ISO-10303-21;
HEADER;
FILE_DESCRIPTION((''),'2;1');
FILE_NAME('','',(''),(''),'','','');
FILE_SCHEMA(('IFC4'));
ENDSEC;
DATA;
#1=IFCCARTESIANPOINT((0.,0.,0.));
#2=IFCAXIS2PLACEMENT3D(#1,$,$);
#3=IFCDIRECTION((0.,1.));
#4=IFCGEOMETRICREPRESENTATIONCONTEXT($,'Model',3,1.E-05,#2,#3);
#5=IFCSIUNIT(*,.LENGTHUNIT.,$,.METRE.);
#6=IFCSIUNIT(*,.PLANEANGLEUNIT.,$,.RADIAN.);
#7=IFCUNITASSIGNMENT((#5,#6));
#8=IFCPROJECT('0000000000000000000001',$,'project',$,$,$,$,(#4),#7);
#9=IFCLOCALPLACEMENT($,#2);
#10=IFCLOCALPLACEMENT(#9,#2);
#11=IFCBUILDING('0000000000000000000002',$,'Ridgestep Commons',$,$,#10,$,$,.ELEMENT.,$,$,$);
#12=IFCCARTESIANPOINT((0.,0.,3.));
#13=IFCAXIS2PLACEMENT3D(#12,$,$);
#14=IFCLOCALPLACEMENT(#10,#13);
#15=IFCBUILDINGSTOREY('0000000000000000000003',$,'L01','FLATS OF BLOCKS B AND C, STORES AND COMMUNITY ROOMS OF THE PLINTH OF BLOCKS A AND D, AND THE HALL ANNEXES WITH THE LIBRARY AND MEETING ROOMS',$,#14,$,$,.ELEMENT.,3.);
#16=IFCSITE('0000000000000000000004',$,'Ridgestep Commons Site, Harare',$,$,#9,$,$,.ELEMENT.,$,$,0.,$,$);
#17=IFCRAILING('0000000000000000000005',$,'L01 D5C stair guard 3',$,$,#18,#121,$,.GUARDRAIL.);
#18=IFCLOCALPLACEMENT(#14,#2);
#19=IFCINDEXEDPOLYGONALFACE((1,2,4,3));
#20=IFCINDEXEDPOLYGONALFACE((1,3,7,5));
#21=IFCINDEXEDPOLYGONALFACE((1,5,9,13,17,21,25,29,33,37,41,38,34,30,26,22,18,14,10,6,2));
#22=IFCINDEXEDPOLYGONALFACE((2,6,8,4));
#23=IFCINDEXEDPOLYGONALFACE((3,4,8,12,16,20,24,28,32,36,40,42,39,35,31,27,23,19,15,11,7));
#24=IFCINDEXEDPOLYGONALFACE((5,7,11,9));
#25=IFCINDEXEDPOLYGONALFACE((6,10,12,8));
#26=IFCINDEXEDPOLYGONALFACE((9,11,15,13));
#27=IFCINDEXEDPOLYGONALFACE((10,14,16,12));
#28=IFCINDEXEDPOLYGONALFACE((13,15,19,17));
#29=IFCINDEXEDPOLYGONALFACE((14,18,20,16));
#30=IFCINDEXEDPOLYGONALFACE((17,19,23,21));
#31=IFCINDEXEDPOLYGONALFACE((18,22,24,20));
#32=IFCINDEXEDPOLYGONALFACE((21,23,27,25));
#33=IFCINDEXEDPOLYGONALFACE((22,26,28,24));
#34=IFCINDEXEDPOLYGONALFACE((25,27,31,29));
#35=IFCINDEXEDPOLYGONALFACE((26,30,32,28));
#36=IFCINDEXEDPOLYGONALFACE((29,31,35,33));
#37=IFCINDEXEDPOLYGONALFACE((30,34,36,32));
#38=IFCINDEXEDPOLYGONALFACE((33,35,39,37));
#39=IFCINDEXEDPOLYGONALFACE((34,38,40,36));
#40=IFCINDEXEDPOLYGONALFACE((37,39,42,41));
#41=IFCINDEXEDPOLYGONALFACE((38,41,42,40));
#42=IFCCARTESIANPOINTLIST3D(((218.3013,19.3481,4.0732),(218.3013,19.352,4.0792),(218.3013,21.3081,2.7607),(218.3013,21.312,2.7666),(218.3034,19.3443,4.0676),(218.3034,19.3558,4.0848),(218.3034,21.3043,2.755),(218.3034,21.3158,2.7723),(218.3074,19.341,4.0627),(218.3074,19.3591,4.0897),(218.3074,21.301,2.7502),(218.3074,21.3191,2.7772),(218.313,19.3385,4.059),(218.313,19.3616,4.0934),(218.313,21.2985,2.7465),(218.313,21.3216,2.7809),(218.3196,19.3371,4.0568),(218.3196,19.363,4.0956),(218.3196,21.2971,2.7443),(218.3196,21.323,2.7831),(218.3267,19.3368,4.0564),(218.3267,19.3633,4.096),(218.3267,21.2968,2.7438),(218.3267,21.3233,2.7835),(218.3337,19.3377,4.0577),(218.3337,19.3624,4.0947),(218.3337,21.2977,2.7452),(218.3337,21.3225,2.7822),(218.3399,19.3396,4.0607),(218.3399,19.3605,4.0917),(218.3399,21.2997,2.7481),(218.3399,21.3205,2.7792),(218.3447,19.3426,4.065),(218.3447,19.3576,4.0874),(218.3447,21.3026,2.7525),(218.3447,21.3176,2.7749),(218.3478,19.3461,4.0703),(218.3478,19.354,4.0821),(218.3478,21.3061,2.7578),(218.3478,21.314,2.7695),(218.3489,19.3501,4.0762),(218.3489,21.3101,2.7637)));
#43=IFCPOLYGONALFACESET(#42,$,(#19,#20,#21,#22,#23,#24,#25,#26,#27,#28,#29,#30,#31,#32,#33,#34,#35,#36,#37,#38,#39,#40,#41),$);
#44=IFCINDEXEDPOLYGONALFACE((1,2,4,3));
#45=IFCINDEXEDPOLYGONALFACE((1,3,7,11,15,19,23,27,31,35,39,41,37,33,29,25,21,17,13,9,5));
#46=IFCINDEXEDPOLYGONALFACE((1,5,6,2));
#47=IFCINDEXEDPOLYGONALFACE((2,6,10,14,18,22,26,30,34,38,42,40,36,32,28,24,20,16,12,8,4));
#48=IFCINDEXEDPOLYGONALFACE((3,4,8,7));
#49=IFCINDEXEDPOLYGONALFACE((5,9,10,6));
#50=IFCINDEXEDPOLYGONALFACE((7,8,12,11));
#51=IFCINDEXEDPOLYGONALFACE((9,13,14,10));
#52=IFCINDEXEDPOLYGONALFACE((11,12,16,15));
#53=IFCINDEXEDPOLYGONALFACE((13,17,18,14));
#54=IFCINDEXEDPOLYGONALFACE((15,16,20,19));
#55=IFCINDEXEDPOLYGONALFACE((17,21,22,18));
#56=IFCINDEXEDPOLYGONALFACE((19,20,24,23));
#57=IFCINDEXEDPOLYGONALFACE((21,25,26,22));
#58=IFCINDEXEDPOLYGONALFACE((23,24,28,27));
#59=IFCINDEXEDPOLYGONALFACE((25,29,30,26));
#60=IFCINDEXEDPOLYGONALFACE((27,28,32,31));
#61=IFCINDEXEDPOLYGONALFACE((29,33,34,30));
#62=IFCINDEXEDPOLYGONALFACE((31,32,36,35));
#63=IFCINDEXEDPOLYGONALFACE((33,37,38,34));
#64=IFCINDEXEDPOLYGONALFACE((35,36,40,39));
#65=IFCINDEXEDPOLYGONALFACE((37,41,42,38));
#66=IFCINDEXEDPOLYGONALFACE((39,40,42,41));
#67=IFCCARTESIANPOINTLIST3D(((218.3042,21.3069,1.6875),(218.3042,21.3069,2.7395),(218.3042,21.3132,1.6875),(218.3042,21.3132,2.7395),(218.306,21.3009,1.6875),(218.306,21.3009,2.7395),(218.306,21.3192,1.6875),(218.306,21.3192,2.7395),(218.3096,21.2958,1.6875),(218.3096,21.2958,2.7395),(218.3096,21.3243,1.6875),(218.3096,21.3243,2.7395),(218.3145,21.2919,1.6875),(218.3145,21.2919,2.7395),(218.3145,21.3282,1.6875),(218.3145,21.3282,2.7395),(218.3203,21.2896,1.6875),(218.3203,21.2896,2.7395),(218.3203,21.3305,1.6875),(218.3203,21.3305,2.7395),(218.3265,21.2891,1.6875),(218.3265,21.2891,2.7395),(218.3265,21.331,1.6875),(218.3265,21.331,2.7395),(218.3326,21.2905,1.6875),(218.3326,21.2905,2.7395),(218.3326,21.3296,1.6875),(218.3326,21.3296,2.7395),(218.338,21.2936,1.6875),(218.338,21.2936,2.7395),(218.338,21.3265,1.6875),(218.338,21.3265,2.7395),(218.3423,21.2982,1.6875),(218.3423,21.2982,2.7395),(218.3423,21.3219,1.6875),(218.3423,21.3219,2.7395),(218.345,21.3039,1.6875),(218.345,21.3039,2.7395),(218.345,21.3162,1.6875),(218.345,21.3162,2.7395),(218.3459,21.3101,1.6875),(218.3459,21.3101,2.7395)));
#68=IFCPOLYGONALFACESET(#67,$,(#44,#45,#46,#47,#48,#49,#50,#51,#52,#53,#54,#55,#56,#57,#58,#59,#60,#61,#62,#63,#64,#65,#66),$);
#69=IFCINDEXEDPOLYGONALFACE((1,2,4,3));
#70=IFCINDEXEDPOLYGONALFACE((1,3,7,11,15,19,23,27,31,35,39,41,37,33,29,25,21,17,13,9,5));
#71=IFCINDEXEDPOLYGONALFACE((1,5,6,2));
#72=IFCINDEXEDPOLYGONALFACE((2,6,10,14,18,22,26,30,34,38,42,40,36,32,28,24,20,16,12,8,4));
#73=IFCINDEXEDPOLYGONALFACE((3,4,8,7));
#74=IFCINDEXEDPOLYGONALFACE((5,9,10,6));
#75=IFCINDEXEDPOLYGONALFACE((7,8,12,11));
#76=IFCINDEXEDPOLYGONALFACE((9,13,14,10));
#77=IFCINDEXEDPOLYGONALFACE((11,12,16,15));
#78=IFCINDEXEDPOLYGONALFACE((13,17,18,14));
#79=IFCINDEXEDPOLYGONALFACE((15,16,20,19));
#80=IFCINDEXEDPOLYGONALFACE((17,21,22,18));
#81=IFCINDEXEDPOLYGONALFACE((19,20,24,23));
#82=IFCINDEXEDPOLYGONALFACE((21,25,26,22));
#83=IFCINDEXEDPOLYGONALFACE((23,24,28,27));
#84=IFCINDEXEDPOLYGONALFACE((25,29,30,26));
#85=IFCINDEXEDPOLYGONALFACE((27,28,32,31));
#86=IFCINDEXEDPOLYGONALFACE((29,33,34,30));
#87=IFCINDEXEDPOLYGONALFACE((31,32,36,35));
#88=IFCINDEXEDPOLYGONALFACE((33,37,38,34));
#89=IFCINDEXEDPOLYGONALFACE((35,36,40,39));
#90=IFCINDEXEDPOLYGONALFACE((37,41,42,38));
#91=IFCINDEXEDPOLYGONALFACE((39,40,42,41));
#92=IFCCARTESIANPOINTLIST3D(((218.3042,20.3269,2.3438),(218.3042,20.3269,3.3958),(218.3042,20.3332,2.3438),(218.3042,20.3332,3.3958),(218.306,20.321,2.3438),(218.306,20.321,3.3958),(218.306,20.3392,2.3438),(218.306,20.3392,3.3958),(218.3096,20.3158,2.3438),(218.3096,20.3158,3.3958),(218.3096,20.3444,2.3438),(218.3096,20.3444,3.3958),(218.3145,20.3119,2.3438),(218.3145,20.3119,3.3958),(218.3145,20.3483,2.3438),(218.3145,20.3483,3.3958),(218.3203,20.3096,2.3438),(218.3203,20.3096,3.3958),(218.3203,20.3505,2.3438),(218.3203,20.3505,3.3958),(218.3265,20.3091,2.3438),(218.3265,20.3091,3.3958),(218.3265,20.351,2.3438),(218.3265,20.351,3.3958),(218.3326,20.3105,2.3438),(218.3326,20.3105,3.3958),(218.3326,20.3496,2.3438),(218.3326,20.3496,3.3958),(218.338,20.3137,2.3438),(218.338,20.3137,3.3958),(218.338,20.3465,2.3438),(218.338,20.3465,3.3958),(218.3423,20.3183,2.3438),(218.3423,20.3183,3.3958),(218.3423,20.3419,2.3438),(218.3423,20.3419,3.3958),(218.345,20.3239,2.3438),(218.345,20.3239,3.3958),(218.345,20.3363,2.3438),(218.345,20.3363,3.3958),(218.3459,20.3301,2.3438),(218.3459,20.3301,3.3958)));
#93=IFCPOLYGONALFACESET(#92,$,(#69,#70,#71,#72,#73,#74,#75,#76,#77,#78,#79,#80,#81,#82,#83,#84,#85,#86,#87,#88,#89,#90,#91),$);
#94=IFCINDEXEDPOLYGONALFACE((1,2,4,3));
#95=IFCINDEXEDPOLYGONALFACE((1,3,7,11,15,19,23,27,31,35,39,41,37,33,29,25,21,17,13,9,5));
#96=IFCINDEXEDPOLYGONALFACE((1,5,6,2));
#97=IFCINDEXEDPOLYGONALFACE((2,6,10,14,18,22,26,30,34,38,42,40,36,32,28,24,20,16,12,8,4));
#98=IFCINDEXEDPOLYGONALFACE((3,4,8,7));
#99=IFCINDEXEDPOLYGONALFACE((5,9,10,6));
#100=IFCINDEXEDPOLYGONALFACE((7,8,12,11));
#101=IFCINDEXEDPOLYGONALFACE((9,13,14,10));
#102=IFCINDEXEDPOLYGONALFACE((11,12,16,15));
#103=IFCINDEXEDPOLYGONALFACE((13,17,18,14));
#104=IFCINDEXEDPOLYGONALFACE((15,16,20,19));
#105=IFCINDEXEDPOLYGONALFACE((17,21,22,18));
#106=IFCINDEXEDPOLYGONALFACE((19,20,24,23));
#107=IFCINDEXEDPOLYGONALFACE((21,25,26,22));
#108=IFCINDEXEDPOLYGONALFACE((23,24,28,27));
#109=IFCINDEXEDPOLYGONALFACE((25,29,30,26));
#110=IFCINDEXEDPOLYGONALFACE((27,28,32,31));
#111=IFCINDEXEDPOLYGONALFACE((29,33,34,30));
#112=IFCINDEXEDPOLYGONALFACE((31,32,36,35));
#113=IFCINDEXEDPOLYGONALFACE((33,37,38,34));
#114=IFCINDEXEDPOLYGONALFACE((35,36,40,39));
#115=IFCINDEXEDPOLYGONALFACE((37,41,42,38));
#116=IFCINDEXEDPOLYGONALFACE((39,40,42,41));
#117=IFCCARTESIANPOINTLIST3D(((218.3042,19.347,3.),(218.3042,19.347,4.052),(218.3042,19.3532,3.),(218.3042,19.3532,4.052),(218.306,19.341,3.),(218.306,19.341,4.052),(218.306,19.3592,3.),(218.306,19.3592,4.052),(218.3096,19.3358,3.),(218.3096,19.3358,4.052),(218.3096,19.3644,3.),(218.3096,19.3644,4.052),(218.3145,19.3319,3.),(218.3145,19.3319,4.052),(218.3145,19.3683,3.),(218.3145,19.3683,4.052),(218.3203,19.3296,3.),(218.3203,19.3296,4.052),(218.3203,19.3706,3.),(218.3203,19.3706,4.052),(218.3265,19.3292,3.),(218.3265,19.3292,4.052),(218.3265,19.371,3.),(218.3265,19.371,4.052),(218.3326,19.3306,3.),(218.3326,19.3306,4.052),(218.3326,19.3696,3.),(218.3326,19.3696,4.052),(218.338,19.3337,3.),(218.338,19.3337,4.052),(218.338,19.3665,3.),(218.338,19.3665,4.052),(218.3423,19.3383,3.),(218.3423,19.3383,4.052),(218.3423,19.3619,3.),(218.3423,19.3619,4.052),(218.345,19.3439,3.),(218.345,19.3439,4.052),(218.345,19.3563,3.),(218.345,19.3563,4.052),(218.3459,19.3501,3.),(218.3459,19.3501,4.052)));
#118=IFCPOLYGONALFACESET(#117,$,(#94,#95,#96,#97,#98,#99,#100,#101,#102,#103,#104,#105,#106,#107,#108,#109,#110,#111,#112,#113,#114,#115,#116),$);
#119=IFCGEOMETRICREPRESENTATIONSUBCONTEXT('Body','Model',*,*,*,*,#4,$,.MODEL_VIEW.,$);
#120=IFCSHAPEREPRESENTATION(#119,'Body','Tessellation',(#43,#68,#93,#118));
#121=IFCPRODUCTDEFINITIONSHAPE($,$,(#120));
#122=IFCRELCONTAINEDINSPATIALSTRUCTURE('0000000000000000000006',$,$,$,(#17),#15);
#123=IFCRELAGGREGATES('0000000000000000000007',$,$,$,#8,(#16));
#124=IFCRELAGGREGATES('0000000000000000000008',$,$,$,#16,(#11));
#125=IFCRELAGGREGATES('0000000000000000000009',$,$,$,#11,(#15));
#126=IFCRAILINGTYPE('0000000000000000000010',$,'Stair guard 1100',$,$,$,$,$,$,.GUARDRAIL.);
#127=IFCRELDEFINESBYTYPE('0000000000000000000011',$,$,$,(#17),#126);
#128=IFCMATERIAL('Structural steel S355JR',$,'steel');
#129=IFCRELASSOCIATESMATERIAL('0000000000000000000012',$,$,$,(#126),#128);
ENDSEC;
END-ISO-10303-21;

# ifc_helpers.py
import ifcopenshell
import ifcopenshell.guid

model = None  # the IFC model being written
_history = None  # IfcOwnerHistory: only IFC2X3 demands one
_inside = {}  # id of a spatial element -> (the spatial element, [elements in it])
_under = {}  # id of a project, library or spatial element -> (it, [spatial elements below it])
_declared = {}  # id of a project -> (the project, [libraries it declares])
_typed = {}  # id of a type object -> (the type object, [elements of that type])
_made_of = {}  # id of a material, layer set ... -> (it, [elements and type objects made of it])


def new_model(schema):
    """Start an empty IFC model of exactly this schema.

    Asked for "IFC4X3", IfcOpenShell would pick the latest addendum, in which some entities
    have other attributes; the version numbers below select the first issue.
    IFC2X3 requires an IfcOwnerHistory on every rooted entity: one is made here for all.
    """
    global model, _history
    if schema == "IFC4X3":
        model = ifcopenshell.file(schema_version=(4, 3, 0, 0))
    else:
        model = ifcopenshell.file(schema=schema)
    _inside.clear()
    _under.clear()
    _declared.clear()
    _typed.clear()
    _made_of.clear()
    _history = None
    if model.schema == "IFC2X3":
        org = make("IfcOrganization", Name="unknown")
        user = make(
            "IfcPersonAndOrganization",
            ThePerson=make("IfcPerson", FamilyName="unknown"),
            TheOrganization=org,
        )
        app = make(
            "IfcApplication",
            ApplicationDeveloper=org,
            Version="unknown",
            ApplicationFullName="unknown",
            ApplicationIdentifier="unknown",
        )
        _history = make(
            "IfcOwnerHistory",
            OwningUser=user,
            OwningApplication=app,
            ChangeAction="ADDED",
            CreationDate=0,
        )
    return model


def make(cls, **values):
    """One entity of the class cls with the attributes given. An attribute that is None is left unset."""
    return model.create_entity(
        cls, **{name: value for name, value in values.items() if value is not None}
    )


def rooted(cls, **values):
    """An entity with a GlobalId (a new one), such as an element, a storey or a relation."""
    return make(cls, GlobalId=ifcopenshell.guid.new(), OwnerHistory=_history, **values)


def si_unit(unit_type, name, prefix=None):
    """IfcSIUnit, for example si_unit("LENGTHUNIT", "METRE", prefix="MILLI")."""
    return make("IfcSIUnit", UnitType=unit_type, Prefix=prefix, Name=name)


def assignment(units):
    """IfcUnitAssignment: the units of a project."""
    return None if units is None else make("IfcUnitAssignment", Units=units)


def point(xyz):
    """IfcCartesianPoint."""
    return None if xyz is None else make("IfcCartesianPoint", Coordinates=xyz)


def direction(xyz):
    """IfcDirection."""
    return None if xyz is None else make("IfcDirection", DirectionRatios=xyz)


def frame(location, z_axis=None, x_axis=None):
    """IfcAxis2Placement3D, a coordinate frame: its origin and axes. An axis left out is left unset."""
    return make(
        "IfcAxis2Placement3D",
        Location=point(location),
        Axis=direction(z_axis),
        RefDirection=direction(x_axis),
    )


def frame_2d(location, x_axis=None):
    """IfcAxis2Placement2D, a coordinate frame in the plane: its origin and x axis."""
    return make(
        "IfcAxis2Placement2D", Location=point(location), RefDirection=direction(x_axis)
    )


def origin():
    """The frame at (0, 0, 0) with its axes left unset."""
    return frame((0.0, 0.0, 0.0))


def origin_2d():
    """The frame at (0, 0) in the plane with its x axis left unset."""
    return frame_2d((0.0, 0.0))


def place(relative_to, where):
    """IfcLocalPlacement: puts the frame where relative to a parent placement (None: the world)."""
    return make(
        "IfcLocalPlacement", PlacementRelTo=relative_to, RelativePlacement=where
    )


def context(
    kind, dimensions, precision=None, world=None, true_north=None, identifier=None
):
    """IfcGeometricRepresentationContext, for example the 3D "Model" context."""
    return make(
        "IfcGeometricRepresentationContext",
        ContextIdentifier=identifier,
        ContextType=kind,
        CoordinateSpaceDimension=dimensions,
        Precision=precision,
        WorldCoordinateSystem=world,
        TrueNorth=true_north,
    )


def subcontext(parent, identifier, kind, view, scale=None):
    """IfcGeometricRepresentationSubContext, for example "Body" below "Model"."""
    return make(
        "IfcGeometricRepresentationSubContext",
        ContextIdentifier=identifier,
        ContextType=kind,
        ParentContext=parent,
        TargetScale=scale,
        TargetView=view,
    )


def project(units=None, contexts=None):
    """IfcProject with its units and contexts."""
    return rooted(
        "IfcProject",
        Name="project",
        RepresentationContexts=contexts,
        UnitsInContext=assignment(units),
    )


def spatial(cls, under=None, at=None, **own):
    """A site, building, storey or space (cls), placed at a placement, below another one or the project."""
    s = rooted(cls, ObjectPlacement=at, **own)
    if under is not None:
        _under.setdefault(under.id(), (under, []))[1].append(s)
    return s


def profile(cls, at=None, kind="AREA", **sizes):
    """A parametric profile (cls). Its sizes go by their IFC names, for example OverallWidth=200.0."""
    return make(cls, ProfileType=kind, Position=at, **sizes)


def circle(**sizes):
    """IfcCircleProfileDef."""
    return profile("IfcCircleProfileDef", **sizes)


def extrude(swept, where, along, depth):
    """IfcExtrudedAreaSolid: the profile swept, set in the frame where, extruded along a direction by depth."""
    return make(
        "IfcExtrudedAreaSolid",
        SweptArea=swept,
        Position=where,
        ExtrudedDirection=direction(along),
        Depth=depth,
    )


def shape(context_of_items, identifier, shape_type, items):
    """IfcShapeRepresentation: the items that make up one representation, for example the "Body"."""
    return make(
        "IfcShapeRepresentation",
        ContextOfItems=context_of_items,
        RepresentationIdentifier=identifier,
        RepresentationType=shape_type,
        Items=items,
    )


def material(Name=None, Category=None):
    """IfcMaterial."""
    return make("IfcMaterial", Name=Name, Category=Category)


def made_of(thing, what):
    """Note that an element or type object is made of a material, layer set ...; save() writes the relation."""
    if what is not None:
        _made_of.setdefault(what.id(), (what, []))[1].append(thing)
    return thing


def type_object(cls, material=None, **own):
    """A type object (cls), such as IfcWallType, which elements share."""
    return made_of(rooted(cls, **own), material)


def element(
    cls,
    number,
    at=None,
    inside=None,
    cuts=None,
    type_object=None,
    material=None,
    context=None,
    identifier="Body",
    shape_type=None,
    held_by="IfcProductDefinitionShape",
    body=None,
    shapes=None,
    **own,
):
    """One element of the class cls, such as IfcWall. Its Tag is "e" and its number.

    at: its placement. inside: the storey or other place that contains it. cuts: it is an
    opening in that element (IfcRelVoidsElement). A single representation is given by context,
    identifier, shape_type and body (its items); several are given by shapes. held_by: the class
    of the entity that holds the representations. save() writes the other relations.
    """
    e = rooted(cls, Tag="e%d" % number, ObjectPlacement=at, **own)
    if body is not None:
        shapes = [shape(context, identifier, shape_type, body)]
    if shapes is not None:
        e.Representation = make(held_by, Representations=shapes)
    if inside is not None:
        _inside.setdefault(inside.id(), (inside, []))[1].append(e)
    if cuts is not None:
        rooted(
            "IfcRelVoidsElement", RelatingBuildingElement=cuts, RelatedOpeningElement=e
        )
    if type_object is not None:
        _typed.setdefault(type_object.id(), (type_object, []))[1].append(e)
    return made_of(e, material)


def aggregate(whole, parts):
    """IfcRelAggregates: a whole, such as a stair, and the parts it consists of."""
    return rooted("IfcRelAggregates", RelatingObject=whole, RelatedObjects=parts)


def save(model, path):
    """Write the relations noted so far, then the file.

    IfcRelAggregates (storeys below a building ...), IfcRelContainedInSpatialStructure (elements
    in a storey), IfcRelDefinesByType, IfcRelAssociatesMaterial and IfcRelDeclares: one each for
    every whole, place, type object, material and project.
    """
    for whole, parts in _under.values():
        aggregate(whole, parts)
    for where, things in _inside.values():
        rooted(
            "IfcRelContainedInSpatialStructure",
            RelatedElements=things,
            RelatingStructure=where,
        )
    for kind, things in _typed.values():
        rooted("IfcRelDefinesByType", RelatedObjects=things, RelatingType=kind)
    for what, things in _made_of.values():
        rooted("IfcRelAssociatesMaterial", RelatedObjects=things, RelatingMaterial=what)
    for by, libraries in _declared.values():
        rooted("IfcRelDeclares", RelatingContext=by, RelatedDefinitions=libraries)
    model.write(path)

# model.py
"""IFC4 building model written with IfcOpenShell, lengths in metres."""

from ifc_helpers import new_model, si_unit, direction, frame, origin, origin_2d, place, context, subcontext, project, spatial, circle, extrude, material, type_object, element, save


model = new_model("IFC4")

# Units and contexts
model_context = context("Model", 3, precision=1e-05, world=origin(), true_north=direction((0.0, 1.0)))
body_context = subcontext(model_context, "Body", "Model", "MODEL_VIEW")
ifc_project = project(units=[si_unit("LENGTHUNIT", "METRE"), si_unit("PLANEANGLEUNIT", "RADIAN")], contexts=[model_context])

# Site, building, storey
site_placement = place(None, origin())
site = spatial("IfcSite", under=ifc_project, at=site_placement, Name="Ridgestep Commons Site, Harare", CompositionType="ELEMENT", RefElevation=0.0)
building_placement = place(site_placement, origin())
building = spatial("IfcBuilding", under=site, at=building_placement, Name="Ridgestep Commons", CompositionType="ELEMENT")
storey_placement = place(building_placement, frame((0.0, 0.0, 3.0)))
storey = spatial("IfcBuildingStorey", under=building, at=storey_placement, Name="L01", Description="FLATS OF BLOCKS B AND C, STORES AND COMMUNITY ROOMS OF THE PLINTH OF BLOCKS A AND D, AND THE HALL ANNEXES WITH THE LIBRARY AND MEETING ROOMS", CompositionType="ELEMENT", Elevation=3.0)

# Railing
ifc_material_1 = material(Name="Structural steel S355JR", Category="steel")
railing_type_1 = type_object("IfcRailingType", Name="Stair guard 1100", PredefinedType="GUARDRAIL", material=ifc_material_1)
railing_1_placement = place(storey_placement, frame((218.325, 21.3101, 1.6875)))
element("IfcRailing", 1, at=railing_1_placement, inside=storey, type_object=railing_type_1, Name="L01 D5C stair guard 3", PredefinedType="GUARDRAIL", context=body_context, shape_type="SweptSolid", body=[
    extrude(circle(Radius=0.0239, at=origin_2d()), frame((0.0, 0.0, 1.0762), z_axis=(0.0, -0.830902, 0.556419), x_axis=(1.0, 0.0, 0.0)), (0.0, 0.0, 1.0), 2.3589),
    extrude(circle(Radius=0.021, at=origin_2d()), origin(), (0.0, 0.0, 1.0), 1.052),
    extrude(circle(Radius=0.021, at=origin_2d()), frame((0.0, -0.98, 0.6562)), (0.0, 0.0, 1.0), 1.052),
    extrude(circle(Radius=0.021, at=origin_2d()), frame((0.0, -1.96, 1.3125)), (0.0, 0.0, 1.0), 1.052),
])

save(model, "model.ifc")
